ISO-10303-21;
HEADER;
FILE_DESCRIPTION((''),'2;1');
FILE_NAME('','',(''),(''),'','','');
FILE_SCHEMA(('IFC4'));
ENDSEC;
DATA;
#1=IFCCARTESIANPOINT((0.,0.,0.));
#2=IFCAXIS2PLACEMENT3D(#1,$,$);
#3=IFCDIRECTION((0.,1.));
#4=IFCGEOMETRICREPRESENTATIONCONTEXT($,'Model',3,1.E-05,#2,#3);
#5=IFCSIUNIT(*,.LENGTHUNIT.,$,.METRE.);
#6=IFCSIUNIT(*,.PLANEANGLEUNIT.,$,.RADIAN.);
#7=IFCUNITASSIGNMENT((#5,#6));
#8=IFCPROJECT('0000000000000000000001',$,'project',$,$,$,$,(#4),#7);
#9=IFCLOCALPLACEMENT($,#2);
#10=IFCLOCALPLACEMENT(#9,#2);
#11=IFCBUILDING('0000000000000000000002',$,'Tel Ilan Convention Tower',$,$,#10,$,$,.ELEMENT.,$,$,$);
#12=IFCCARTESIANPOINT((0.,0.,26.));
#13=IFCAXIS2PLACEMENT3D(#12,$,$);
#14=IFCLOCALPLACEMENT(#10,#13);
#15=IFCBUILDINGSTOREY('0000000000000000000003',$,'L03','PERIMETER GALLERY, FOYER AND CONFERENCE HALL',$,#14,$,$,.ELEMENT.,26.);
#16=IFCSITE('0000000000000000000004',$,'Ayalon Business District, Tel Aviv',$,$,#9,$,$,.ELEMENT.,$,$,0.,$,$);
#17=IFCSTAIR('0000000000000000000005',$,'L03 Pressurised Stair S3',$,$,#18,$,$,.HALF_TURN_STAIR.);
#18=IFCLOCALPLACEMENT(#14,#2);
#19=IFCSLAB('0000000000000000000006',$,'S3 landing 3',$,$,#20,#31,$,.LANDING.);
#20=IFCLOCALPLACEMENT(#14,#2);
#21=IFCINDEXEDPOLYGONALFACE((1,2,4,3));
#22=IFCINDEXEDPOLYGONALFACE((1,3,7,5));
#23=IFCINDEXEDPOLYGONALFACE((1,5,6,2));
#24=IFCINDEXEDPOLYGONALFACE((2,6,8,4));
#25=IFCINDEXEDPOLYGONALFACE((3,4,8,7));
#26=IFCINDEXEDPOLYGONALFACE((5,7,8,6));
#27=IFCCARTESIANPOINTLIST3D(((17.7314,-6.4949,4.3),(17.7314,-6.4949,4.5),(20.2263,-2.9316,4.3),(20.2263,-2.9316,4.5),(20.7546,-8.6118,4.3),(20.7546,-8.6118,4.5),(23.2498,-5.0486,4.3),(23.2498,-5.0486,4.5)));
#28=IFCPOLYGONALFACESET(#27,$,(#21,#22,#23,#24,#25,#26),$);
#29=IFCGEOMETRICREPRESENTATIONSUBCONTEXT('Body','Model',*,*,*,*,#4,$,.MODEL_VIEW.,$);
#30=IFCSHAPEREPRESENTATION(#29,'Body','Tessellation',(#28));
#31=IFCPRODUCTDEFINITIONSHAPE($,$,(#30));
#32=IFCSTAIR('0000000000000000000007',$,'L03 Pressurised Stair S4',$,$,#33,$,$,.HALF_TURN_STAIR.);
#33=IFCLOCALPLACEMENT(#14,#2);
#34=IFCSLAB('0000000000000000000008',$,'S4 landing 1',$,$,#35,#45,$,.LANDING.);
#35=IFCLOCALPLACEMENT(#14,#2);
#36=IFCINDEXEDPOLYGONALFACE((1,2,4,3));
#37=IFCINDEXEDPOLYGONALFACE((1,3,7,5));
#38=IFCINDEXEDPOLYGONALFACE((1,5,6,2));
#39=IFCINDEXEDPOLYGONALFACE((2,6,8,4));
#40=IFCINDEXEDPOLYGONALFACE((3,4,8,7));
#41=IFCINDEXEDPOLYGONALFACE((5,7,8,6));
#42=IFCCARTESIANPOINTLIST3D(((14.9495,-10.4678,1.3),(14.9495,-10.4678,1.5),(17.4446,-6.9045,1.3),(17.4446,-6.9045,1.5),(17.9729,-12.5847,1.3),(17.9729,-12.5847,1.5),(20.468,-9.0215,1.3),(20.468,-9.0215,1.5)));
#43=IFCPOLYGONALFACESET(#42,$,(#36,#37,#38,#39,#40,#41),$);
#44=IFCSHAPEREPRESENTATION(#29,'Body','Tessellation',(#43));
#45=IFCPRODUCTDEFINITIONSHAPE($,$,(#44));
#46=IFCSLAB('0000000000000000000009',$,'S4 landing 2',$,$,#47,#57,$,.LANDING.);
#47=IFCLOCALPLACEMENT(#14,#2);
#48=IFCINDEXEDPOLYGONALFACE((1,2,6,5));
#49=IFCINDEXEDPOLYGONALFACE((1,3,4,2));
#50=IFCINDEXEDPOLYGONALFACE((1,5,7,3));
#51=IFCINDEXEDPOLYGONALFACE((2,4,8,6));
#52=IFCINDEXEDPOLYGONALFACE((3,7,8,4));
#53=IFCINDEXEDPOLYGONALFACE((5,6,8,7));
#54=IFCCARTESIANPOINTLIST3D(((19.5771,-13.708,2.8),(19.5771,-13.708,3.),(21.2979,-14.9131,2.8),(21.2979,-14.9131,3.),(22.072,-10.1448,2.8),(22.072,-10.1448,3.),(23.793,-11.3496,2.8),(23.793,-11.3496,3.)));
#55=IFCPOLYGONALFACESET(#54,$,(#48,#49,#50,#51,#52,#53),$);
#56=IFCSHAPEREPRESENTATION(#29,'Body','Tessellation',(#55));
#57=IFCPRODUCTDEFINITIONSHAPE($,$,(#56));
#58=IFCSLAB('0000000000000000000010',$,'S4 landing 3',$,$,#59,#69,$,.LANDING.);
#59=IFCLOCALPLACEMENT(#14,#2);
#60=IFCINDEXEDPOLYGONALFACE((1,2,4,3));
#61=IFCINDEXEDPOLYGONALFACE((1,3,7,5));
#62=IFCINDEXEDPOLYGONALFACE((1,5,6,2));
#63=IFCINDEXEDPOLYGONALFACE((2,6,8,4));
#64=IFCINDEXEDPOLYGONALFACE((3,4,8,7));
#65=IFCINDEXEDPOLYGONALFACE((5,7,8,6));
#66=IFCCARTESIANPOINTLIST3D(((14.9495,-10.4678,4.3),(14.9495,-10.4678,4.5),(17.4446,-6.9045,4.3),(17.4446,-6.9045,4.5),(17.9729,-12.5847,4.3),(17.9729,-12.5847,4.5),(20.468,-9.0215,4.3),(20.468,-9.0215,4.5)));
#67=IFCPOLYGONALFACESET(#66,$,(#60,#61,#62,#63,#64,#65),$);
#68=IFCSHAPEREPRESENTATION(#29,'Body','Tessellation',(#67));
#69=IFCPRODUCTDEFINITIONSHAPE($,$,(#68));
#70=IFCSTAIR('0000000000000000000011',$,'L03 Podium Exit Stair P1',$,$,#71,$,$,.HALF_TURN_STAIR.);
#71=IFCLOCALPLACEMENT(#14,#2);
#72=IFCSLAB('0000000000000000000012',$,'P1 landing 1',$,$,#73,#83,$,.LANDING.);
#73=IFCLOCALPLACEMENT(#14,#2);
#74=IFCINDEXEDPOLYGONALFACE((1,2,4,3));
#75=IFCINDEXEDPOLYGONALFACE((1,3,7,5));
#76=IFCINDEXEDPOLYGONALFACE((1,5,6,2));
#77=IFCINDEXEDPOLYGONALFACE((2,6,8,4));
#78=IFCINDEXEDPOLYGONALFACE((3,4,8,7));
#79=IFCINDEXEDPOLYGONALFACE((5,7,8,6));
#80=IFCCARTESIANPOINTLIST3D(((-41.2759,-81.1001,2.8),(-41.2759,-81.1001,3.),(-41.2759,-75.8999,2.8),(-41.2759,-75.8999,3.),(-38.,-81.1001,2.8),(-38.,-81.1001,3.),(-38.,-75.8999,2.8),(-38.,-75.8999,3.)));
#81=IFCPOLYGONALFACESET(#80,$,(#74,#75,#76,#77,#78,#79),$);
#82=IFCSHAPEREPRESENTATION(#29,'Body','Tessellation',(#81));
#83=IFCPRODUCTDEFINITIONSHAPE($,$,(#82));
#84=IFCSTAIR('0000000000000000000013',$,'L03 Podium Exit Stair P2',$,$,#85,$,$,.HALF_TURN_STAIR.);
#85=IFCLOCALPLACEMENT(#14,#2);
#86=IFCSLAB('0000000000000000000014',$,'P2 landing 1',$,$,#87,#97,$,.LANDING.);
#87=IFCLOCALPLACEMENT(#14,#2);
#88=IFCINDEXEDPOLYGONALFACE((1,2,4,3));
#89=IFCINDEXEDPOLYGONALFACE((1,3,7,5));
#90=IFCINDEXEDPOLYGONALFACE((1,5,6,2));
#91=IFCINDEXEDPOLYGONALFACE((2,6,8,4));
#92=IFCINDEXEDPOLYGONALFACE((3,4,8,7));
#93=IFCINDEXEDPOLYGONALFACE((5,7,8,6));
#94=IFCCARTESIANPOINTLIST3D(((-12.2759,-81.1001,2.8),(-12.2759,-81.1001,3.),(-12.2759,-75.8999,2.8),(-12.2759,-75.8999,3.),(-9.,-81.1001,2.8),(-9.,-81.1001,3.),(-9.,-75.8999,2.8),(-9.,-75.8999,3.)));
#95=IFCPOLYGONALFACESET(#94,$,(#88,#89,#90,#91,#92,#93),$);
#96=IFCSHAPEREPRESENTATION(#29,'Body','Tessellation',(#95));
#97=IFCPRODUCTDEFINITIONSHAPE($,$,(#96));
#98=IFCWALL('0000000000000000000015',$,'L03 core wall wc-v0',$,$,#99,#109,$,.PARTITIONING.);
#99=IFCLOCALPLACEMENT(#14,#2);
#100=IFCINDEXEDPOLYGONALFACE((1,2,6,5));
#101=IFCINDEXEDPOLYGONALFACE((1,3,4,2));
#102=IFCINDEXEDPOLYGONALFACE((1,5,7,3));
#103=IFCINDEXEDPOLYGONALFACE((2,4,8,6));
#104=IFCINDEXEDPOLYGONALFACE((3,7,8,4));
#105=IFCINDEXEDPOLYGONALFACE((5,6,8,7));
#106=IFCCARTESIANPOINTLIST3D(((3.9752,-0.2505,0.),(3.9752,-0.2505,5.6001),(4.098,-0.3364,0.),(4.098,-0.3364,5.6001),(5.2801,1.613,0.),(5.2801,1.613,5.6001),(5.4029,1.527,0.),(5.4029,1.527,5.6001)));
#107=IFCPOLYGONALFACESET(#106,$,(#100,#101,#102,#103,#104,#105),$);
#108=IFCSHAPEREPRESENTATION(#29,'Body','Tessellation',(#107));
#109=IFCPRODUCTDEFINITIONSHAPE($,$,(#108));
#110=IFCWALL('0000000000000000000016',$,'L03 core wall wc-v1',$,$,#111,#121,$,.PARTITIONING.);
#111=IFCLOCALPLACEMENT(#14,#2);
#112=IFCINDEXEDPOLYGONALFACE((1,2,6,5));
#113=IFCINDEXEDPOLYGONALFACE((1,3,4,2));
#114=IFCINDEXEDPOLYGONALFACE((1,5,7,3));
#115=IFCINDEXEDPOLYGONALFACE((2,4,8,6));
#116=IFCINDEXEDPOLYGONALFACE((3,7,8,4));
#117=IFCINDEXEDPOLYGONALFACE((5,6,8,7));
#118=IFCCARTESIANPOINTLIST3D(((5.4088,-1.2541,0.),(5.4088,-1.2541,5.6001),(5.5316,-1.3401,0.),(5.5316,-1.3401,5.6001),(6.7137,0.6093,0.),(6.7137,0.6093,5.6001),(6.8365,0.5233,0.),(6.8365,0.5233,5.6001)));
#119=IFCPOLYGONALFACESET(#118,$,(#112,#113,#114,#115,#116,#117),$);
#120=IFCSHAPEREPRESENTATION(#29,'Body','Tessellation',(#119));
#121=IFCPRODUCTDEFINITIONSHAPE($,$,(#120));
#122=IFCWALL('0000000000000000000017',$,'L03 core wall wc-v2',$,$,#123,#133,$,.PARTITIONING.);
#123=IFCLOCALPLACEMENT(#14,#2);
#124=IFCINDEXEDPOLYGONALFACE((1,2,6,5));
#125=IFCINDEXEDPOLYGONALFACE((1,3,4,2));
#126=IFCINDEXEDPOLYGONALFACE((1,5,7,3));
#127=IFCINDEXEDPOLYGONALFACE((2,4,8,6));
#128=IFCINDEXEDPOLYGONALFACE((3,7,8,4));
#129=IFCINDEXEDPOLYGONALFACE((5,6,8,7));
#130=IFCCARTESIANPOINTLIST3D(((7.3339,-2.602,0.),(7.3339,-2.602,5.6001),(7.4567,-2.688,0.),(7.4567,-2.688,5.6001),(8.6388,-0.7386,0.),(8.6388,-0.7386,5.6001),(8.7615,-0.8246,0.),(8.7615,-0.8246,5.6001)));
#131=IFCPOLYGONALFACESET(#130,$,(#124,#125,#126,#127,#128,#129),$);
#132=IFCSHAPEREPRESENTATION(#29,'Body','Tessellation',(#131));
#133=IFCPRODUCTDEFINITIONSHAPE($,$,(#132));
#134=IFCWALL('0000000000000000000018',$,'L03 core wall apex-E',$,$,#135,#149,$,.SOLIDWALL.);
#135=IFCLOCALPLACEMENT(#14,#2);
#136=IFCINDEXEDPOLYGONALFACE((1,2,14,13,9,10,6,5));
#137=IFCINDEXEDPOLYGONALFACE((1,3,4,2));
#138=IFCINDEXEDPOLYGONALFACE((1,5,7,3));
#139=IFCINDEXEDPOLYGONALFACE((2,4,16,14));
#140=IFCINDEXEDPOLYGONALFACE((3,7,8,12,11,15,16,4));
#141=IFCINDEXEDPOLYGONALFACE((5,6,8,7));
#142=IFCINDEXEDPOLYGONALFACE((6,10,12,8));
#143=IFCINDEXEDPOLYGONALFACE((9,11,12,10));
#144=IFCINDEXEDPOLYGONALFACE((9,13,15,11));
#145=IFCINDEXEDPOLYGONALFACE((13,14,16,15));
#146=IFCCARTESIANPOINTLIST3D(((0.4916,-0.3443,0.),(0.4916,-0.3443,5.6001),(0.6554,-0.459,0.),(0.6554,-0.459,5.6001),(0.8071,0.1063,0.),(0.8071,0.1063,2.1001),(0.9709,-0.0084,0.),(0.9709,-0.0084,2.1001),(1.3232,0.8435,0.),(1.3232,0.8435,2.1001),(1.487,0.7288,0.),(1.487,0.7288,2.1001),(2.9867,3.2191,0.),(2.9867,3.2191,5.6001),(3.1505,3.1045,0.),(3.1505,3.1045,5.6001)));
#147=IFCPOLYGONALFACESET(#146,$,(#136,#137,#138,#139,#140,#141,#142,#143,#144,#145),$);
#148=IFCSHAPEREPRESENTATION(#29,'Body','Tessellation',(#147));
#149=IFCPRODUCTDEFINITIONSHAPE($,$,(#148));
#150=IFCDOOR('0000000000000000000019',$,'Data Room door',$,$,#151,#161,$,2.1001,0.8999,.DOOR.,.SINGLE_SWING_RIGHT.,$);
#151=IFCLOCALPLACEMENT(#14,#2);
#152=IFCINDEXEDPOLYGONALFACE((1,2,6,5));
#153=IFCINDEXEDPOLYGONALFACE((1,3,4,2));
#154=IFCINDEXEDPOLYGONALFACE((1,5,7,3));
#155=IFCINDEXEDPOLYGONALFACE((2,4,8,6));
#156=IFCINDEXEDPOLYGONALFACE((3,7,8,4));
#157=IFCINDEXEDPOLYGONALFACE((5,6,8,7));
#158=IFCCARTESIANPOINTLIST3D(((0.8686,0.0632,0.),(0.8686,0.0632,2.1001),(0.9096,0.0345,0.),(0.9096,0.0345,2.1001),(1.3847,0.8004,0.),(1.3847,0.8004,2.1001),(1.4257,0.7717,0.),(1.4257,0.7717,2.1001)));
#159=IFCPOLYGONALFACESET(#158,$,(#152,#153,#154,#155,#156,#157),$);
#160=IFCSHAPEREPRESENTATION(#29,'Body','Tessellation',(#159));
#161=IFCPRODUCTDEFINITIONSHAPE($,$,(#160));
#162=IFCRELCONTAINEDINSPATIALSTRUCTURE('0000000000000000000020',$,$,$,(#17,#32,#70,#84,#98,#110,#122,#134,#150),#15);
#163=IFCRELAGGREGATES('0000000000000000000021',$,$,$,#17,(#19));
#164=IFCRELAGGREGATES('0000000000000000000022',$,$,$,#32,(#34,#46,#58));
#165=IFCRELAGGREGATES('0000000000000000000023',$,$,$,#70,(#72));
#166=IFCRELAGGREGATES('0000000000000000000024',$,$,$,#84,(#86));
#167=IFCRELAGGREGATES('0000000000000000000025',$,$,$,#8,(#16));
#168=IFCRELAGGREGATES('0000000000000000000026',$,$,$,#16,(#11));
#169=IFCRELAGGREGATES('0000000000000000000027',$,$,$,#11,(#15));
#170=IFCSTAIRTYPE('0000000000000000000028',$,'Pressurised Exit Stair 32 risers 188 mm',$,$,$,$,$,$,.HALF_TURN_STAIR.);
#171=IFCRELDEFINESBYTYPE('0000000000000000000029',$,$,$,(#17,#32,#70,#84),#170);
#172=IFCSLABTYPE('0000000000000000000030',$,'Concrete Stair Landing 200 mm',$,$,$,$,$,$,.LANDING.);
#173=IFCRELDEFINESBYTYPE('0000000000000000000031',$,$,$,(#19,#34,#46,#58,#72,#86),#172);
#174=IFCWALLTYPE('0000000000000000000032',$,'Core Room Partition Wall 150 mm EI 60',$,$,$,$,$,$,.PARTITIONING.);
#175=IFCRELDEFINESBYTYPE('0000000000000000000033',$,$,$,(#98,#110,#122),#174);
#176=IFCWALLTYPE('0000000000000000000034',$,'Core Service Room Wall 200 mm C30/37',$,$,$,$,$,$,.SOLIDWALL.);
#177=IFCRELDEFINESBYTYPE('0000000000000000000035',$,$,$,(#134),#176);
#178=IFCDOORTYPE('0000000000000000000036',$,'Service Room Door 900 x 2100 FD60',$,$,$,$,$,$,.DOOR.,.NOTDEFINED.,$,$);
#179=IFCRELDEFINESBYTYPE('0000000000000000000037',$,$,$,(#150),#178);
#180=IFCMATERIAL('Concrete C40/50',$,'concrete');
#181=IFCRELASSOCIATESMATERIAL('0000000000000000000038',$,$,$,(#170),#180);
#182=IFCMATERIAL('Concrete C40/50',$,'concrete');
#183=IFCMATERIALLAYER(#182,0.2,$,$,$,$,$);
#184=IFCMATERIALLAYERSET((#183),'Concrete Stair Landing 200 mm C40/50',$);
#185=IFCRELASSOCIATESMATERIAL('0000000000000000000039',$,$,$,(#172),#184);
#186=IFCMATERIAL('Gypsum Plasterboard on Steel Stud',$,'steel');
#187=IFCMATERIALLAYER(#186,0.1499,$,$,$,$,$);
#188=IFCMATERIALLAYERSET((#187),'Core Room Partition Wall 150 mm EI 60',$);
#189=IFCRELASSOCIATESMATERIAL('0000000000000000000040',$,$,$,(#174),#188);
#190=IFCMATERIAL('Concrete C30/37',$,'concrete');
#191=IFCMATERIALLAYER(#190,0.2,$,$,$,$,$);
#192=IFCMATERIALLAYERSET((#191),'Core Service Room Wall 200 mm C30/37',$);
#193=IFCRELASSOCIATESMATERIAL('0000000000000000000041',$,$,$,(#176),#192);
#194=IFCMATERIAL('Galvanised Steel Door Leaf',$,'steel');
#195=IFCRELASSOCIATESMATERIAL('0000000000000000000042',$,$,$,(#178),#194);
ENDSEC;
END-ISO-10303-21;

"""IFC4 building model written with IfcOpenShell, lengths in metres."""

from ifc_helpers import new_model, si_unit, direction, frame, frame_2d, origin, place, context, subcontext, project, spatial, polyline, rectangle, outline, extrude, material, layer, layer_set, type_object, element, fill, aggregate, save


model = new_model("IFC4")

# Units and contexts
model_context = context("Model", 3, precision=1e-05, world=origin(), true_north=direction((0.0, 1.0)))
body_context = subcontext(model_context, "Body", "Model", "MODEL_VIEW")
ifc_project = project(units=[si_unit("LENGTHUNIT", "METRE"), si_unit("PLANEANGLEUNIT", "RADIAN")], contexts=[model_context])

# Site, building, storey
site_placement = place(None, origin())
site = spatial("IfcSite", under=ifc_project, at=site_placement, Name="Ayalon Business District, Tel Aviv", CompositionType="ELEMENT", RefElevation=0.0)
building_placement = place(site_placement, origin())
building = spatial("IfcBuilding", under=site, at=building_placement, Name="Tel Ilan Convention Tower", CompositionType="ELEMENT")
storey_placement = place(building_placement, frame((0.0, 0.0, 26.0)))
storey = spatial("IfcBuildingStorey", under=building, at=storey_placement, Name="L03", Description="PERIMETER GALLERY, FOYER AND CONFERENCE HALL", CompositionType="ELEMENT", Elevation=26.0)

# Stair, slab
ifc_material_1 = material(Name="Concrete C40/50", Category="concrete")
stair_type = type_object("IfcStairType", Name="Pressurised Exit Stair 32 risers 188 mm", PredefinedType="HALF_TURN_STAIR", material=ifc_material_1)
stair_1_placement = place(storey_placement, origin())
stair_1 = element("IfcStair", 1, at=stair_1_placement, inside=storey, type_object=stair_type, Name="L03 Pressurised Stair S3", PredefinedType="HALF_TURN_STAIR")
ifc_material_2 = material(Name="Concrete C40/50", Category="concrete")
ifc_layer_1 = layer(ifc_material_2, 0.2)
ifc_layer_set_1 = layer_set([ifc_layer_1], Name="Concrete Stair Landing 200 mm C40/50")
slab_type = type_object("IfcSlabType", Name="Concrete Stair Landing 200 mm", PredefinedType="LANDING", material=ifc_layer_set_1)
slab_1_placement = place(storey_placement, frame((0.0, 0.0, 4.3)))
slab_1 = element("IfcSlab", 2, at=slab_1_placement, type_object=slab_type, Name="S3 landing 3", PredefinedType="LANDING", context=body_context, shape_type="SweptSolid", body=[
    extrude(outline(polyline([(23.2498, -5.0486), (20.2263, -2.9316), (17.7314, -6.4949), (20.7546, -8.6118), (23.2498, -5.0486)])), origin(), (0.0, 0.0, 1.0), 0.2),
])
aggregate(stair_1, [slab_1])

# Stair, slabs
stair_2_placement = place(storey_placement, origin())
stair_2 = element("IfcStair", 3, at=stair_2_placement, inside=storey, type_object=stair_type, Name="L03 Pressurised Stair S4", PredefinedType="HALF_TURN_STAIR")
slab_2_placement = place(storey_placement, frame((0.0, 0.0, 1.3)))
slab_2 = element("IfcSlab", 4, at=slab_2_placement, type_object=slab_type, Name="S4 landing 1", PredefinedType="LANDING", context=body_context, shape_type="SweptSolid", body=[
    extrude(outline(polyline([(20.468, -9.0215), (17.4446, -6.9045), (14.9495, -10.4678), (17.9729, -12.5847), (20.468, -9.0215)])), origin(), (0.0, 0.0, 1.0), 0.2),
])
slab_3_placement = place(storey_placement, frame((0.0, 0.0, 2.8)))
slab_3 = element("IfcSlab", 5, at=slab_3_placement, type_object=slab_type, Name="S4 landing 2", PredefinedType="LANDING", context=body_context, shape_type="SweptSolid", body=[
    extrude(outline(polyline([(23.793, -11.3496), (22.072, -10.1448), (19.5771, -13.708), (21.2979, -14.9131), (23.793, -11.3496)])), origin(), (0.0, 0.0, 1.0), 0.2),
])
slab_4_placement = place(storey_placement, frame((0.0, 0.0, 4.3)))
slab_4 = element("IfcSlab", 6, at=slab_4_placement, type_object=slab_type, Name="S4 landing 3", PredefinedType="LANDING", context=body_context, shape_type="SweptSolid", body=[
    extrude(outline(polyline([(20.468, -9.0215), (17.4446, -6.9045), (14.9495, -10.4678), (17.9729, -12.5847), (20.468, -9.0215)])), origin(), (0.0, 0.0, 1.0), 0.2),
])
aggregate(stair_2, [slab_2, slab_3, slab_4])

# Stairs, slabs
stair_3_placement = place(storey_placement, origin())
stair_3 = element("IfcStair", 7, at=stair_3_placement, inside=storey, type_object=stair_type, Name="L03 Podium Exit Stair P1", PredefinedType="HALF_TURN_STAIR")
slab_5_placement = place(storey_placement, frame((0.0, 0.0, 2.8)))
slab_5 = element("IfcSlab", 8, at=slab_5_placement, type_object=slab_type, Name="P1 landing 1", PredefinedType="LANDING", context=body_context, shape_type="SweptSolid", body=[
    extrude(outline(polyline([(-41.2759, -81.1001), (-38.0, -81.1001), (-38.0, -75.8999), (-41.2759, -75.8999), (-41.2759, -81.1001)])), origin(), (0.0, 0.0, 1.0), 0.2),
])
aggregate(stair_3, [slab_5])
stair_4_placement = place(storey_placement, origin())
stair_4 = element("IfcStair", 9, at=stair_4_placement, inside=storey, type_object=stair_type, Name="L03 Podium Exit Stair P2", PredefinedType="HALF_TURN_STAIR")
slab_6_placement = place(storey_placement, frame((0.0, 0.0, 2.8)))
slab_6 = element("IfcSlab", 10, at=slab_6_placement, type_object=slab_type, Name="P2 landing 1", PredefinedType="LANDING", context=body_context, shape_type="SweptSolid", body=[
    extrude(outline(polyline([(-12.2759, -81.1001), (-9.0, -81.1001), (-9.0, -75.8999), (-12.2759, -75.8999), (-12.2759, -81.1001)])), origin(), (0.0, 0.0, 1.0), 0.2),
])
aggregate(stair_4, [slab_6])

# Walls
ifc_material_3 = material(Name="Gypsum Plasterboard on Steel Stud", Category="steel")
ifc_layer_2 = layer(ifc_material_3, 0.1499)
ifc_layer_set_2 = layer_set([ifc_layer_2], Name="Core Room Partition Wall 150 mm EI 60")
wall_type_1 = type_object("IfcWallType", Name="Core Room Partition Wall 150 mm EI 60", PredefinedType="PARTITIONING", material=ifc_layer_set_2)
for number, where, z_axis, x_axis, name in (
    (11, (4.0366, -0.2935, 0.0), (0.0, 0.0, 1.0), (0.573599, 0.819136, 0.0), "L03 core wall wc-v0"),
    (12, (5.4702, -1.2971, 0.0), (0.0, 0.0, 1.0), (0.573599, 0.819136, 0.0), "L03 core wall wc-v1"),
    (13, (7.3953, -2.645, 0.0), (0.0, 0.0, 1.0), (0.573599, 0.819136, 0.0), "L03 core wall wc-v2"),
):
    element("IfcWall", number, at=place(storey_placement, frame(where, z_axis=z_axis, x_axis=x_axis)), inside=storey, type_object=wall_type_1, Name=name, PredefinedType="PARTITIONING", context=body_context, shape_type="SweptSolid", body=[
        extrude(rectangle(XDim=2.2749, YDim=0.1499, at=frame_2d((1.1375, 0.0))), origin(), (0.0, 0.0, 1.0), 5.6001),
    ])

# Wall, opening, door
ifc_material_4 = material(Name="Concrete C30/37", Category="concrete")
ifc_layer_3 = layer(ifc_material_4, 0.2)
ifc_layer_set_3 = layer_set([ifc_layer_3], Name="Core Service Room Wall 200 mm C30/37")
wall_type_2 = type_object("IfcWallType", Name="Core Service Room Wall 200 mm C30/37", PredefinedType="SOLIDWALL", material=ifc_layer_set_3)
wall_1_placement = place(storey_placement, frame((0.5735, -0.4016, 0.0), z_axis=(0.0, 0.0, 1.0), x_axis=(0.573568, 0.819158, 0.0)))
wall_1 = element("IfcWall", 14, at=wall_1_placement, inside=storey, type_object=wall_type_2, Name="L03 core wall apex-E", PredefinedType="SOLIDWALL", context=body_context, shape_type="SweptSolid", body=[
    extrude(rectangle(XDim=4.3501, YDim=0.2, at=frame_2d((2.175, 0.0))), origin(), (0.0, 0.0, 1.0), 5.6001),
])
opening_1_placement = place(wall_1_placement, frame((0.55, 0.0, 0.0)))
opening_1 = element("IfcOpeningElement", 15, at=opening_1_placement, cuts=wall_1, PredefinedType="OPENING", context=body_context, shape_type="SweptSolid", body=[
    extrude(rectangle(XDim=0.8999, YDim=2.1001, at=frame_2d((0.45, 1.05))), frame((0.0, 0.1099, 0.0), z_axis=(0.0, -1.0, 0.0), x_axis=(1.0, 0.0, 0.0)), (0.0, 0.0, 1.0), 0.22),
])
ifc_material_5 = material(Name="Galvanised Steel Door Leaf", Category="steel")
door_type_1 = type_object("IfcDoorType", Name="Service Room Door 900 x 2100 FD60", OperationType="NOTDEFINED", PredefinedType="DOOR", material=ifc_material_5)
door_1_placement = place(opening_1_placement, origin())
door_1 = element("IfcDoor", 16, at=door_1_placement, inside=storey, type_object=door_type_1, Name="Data Room door", OperationType="SINGLE_SWING_RIGHT", OverallHeight=2.1001, OverallWidth=0.8999, PredefinedType="DOOR", context=body_context, shape_type="SweptSolid", body=[
    extrude(rectangle(XDim=0.8999, YDim=2.1001, at=frame_2d((0.45, 1.05))), frame((0.0, 0.0249, 0.0), z_axis=(0.0, -1.0, 0.0), x_axis=(1.0, 0.0, 0.0)), (0.0, 0.0, 1.0), 0.05),
])
fill(opening_1, door_1)

save(model, "model.ifc")
